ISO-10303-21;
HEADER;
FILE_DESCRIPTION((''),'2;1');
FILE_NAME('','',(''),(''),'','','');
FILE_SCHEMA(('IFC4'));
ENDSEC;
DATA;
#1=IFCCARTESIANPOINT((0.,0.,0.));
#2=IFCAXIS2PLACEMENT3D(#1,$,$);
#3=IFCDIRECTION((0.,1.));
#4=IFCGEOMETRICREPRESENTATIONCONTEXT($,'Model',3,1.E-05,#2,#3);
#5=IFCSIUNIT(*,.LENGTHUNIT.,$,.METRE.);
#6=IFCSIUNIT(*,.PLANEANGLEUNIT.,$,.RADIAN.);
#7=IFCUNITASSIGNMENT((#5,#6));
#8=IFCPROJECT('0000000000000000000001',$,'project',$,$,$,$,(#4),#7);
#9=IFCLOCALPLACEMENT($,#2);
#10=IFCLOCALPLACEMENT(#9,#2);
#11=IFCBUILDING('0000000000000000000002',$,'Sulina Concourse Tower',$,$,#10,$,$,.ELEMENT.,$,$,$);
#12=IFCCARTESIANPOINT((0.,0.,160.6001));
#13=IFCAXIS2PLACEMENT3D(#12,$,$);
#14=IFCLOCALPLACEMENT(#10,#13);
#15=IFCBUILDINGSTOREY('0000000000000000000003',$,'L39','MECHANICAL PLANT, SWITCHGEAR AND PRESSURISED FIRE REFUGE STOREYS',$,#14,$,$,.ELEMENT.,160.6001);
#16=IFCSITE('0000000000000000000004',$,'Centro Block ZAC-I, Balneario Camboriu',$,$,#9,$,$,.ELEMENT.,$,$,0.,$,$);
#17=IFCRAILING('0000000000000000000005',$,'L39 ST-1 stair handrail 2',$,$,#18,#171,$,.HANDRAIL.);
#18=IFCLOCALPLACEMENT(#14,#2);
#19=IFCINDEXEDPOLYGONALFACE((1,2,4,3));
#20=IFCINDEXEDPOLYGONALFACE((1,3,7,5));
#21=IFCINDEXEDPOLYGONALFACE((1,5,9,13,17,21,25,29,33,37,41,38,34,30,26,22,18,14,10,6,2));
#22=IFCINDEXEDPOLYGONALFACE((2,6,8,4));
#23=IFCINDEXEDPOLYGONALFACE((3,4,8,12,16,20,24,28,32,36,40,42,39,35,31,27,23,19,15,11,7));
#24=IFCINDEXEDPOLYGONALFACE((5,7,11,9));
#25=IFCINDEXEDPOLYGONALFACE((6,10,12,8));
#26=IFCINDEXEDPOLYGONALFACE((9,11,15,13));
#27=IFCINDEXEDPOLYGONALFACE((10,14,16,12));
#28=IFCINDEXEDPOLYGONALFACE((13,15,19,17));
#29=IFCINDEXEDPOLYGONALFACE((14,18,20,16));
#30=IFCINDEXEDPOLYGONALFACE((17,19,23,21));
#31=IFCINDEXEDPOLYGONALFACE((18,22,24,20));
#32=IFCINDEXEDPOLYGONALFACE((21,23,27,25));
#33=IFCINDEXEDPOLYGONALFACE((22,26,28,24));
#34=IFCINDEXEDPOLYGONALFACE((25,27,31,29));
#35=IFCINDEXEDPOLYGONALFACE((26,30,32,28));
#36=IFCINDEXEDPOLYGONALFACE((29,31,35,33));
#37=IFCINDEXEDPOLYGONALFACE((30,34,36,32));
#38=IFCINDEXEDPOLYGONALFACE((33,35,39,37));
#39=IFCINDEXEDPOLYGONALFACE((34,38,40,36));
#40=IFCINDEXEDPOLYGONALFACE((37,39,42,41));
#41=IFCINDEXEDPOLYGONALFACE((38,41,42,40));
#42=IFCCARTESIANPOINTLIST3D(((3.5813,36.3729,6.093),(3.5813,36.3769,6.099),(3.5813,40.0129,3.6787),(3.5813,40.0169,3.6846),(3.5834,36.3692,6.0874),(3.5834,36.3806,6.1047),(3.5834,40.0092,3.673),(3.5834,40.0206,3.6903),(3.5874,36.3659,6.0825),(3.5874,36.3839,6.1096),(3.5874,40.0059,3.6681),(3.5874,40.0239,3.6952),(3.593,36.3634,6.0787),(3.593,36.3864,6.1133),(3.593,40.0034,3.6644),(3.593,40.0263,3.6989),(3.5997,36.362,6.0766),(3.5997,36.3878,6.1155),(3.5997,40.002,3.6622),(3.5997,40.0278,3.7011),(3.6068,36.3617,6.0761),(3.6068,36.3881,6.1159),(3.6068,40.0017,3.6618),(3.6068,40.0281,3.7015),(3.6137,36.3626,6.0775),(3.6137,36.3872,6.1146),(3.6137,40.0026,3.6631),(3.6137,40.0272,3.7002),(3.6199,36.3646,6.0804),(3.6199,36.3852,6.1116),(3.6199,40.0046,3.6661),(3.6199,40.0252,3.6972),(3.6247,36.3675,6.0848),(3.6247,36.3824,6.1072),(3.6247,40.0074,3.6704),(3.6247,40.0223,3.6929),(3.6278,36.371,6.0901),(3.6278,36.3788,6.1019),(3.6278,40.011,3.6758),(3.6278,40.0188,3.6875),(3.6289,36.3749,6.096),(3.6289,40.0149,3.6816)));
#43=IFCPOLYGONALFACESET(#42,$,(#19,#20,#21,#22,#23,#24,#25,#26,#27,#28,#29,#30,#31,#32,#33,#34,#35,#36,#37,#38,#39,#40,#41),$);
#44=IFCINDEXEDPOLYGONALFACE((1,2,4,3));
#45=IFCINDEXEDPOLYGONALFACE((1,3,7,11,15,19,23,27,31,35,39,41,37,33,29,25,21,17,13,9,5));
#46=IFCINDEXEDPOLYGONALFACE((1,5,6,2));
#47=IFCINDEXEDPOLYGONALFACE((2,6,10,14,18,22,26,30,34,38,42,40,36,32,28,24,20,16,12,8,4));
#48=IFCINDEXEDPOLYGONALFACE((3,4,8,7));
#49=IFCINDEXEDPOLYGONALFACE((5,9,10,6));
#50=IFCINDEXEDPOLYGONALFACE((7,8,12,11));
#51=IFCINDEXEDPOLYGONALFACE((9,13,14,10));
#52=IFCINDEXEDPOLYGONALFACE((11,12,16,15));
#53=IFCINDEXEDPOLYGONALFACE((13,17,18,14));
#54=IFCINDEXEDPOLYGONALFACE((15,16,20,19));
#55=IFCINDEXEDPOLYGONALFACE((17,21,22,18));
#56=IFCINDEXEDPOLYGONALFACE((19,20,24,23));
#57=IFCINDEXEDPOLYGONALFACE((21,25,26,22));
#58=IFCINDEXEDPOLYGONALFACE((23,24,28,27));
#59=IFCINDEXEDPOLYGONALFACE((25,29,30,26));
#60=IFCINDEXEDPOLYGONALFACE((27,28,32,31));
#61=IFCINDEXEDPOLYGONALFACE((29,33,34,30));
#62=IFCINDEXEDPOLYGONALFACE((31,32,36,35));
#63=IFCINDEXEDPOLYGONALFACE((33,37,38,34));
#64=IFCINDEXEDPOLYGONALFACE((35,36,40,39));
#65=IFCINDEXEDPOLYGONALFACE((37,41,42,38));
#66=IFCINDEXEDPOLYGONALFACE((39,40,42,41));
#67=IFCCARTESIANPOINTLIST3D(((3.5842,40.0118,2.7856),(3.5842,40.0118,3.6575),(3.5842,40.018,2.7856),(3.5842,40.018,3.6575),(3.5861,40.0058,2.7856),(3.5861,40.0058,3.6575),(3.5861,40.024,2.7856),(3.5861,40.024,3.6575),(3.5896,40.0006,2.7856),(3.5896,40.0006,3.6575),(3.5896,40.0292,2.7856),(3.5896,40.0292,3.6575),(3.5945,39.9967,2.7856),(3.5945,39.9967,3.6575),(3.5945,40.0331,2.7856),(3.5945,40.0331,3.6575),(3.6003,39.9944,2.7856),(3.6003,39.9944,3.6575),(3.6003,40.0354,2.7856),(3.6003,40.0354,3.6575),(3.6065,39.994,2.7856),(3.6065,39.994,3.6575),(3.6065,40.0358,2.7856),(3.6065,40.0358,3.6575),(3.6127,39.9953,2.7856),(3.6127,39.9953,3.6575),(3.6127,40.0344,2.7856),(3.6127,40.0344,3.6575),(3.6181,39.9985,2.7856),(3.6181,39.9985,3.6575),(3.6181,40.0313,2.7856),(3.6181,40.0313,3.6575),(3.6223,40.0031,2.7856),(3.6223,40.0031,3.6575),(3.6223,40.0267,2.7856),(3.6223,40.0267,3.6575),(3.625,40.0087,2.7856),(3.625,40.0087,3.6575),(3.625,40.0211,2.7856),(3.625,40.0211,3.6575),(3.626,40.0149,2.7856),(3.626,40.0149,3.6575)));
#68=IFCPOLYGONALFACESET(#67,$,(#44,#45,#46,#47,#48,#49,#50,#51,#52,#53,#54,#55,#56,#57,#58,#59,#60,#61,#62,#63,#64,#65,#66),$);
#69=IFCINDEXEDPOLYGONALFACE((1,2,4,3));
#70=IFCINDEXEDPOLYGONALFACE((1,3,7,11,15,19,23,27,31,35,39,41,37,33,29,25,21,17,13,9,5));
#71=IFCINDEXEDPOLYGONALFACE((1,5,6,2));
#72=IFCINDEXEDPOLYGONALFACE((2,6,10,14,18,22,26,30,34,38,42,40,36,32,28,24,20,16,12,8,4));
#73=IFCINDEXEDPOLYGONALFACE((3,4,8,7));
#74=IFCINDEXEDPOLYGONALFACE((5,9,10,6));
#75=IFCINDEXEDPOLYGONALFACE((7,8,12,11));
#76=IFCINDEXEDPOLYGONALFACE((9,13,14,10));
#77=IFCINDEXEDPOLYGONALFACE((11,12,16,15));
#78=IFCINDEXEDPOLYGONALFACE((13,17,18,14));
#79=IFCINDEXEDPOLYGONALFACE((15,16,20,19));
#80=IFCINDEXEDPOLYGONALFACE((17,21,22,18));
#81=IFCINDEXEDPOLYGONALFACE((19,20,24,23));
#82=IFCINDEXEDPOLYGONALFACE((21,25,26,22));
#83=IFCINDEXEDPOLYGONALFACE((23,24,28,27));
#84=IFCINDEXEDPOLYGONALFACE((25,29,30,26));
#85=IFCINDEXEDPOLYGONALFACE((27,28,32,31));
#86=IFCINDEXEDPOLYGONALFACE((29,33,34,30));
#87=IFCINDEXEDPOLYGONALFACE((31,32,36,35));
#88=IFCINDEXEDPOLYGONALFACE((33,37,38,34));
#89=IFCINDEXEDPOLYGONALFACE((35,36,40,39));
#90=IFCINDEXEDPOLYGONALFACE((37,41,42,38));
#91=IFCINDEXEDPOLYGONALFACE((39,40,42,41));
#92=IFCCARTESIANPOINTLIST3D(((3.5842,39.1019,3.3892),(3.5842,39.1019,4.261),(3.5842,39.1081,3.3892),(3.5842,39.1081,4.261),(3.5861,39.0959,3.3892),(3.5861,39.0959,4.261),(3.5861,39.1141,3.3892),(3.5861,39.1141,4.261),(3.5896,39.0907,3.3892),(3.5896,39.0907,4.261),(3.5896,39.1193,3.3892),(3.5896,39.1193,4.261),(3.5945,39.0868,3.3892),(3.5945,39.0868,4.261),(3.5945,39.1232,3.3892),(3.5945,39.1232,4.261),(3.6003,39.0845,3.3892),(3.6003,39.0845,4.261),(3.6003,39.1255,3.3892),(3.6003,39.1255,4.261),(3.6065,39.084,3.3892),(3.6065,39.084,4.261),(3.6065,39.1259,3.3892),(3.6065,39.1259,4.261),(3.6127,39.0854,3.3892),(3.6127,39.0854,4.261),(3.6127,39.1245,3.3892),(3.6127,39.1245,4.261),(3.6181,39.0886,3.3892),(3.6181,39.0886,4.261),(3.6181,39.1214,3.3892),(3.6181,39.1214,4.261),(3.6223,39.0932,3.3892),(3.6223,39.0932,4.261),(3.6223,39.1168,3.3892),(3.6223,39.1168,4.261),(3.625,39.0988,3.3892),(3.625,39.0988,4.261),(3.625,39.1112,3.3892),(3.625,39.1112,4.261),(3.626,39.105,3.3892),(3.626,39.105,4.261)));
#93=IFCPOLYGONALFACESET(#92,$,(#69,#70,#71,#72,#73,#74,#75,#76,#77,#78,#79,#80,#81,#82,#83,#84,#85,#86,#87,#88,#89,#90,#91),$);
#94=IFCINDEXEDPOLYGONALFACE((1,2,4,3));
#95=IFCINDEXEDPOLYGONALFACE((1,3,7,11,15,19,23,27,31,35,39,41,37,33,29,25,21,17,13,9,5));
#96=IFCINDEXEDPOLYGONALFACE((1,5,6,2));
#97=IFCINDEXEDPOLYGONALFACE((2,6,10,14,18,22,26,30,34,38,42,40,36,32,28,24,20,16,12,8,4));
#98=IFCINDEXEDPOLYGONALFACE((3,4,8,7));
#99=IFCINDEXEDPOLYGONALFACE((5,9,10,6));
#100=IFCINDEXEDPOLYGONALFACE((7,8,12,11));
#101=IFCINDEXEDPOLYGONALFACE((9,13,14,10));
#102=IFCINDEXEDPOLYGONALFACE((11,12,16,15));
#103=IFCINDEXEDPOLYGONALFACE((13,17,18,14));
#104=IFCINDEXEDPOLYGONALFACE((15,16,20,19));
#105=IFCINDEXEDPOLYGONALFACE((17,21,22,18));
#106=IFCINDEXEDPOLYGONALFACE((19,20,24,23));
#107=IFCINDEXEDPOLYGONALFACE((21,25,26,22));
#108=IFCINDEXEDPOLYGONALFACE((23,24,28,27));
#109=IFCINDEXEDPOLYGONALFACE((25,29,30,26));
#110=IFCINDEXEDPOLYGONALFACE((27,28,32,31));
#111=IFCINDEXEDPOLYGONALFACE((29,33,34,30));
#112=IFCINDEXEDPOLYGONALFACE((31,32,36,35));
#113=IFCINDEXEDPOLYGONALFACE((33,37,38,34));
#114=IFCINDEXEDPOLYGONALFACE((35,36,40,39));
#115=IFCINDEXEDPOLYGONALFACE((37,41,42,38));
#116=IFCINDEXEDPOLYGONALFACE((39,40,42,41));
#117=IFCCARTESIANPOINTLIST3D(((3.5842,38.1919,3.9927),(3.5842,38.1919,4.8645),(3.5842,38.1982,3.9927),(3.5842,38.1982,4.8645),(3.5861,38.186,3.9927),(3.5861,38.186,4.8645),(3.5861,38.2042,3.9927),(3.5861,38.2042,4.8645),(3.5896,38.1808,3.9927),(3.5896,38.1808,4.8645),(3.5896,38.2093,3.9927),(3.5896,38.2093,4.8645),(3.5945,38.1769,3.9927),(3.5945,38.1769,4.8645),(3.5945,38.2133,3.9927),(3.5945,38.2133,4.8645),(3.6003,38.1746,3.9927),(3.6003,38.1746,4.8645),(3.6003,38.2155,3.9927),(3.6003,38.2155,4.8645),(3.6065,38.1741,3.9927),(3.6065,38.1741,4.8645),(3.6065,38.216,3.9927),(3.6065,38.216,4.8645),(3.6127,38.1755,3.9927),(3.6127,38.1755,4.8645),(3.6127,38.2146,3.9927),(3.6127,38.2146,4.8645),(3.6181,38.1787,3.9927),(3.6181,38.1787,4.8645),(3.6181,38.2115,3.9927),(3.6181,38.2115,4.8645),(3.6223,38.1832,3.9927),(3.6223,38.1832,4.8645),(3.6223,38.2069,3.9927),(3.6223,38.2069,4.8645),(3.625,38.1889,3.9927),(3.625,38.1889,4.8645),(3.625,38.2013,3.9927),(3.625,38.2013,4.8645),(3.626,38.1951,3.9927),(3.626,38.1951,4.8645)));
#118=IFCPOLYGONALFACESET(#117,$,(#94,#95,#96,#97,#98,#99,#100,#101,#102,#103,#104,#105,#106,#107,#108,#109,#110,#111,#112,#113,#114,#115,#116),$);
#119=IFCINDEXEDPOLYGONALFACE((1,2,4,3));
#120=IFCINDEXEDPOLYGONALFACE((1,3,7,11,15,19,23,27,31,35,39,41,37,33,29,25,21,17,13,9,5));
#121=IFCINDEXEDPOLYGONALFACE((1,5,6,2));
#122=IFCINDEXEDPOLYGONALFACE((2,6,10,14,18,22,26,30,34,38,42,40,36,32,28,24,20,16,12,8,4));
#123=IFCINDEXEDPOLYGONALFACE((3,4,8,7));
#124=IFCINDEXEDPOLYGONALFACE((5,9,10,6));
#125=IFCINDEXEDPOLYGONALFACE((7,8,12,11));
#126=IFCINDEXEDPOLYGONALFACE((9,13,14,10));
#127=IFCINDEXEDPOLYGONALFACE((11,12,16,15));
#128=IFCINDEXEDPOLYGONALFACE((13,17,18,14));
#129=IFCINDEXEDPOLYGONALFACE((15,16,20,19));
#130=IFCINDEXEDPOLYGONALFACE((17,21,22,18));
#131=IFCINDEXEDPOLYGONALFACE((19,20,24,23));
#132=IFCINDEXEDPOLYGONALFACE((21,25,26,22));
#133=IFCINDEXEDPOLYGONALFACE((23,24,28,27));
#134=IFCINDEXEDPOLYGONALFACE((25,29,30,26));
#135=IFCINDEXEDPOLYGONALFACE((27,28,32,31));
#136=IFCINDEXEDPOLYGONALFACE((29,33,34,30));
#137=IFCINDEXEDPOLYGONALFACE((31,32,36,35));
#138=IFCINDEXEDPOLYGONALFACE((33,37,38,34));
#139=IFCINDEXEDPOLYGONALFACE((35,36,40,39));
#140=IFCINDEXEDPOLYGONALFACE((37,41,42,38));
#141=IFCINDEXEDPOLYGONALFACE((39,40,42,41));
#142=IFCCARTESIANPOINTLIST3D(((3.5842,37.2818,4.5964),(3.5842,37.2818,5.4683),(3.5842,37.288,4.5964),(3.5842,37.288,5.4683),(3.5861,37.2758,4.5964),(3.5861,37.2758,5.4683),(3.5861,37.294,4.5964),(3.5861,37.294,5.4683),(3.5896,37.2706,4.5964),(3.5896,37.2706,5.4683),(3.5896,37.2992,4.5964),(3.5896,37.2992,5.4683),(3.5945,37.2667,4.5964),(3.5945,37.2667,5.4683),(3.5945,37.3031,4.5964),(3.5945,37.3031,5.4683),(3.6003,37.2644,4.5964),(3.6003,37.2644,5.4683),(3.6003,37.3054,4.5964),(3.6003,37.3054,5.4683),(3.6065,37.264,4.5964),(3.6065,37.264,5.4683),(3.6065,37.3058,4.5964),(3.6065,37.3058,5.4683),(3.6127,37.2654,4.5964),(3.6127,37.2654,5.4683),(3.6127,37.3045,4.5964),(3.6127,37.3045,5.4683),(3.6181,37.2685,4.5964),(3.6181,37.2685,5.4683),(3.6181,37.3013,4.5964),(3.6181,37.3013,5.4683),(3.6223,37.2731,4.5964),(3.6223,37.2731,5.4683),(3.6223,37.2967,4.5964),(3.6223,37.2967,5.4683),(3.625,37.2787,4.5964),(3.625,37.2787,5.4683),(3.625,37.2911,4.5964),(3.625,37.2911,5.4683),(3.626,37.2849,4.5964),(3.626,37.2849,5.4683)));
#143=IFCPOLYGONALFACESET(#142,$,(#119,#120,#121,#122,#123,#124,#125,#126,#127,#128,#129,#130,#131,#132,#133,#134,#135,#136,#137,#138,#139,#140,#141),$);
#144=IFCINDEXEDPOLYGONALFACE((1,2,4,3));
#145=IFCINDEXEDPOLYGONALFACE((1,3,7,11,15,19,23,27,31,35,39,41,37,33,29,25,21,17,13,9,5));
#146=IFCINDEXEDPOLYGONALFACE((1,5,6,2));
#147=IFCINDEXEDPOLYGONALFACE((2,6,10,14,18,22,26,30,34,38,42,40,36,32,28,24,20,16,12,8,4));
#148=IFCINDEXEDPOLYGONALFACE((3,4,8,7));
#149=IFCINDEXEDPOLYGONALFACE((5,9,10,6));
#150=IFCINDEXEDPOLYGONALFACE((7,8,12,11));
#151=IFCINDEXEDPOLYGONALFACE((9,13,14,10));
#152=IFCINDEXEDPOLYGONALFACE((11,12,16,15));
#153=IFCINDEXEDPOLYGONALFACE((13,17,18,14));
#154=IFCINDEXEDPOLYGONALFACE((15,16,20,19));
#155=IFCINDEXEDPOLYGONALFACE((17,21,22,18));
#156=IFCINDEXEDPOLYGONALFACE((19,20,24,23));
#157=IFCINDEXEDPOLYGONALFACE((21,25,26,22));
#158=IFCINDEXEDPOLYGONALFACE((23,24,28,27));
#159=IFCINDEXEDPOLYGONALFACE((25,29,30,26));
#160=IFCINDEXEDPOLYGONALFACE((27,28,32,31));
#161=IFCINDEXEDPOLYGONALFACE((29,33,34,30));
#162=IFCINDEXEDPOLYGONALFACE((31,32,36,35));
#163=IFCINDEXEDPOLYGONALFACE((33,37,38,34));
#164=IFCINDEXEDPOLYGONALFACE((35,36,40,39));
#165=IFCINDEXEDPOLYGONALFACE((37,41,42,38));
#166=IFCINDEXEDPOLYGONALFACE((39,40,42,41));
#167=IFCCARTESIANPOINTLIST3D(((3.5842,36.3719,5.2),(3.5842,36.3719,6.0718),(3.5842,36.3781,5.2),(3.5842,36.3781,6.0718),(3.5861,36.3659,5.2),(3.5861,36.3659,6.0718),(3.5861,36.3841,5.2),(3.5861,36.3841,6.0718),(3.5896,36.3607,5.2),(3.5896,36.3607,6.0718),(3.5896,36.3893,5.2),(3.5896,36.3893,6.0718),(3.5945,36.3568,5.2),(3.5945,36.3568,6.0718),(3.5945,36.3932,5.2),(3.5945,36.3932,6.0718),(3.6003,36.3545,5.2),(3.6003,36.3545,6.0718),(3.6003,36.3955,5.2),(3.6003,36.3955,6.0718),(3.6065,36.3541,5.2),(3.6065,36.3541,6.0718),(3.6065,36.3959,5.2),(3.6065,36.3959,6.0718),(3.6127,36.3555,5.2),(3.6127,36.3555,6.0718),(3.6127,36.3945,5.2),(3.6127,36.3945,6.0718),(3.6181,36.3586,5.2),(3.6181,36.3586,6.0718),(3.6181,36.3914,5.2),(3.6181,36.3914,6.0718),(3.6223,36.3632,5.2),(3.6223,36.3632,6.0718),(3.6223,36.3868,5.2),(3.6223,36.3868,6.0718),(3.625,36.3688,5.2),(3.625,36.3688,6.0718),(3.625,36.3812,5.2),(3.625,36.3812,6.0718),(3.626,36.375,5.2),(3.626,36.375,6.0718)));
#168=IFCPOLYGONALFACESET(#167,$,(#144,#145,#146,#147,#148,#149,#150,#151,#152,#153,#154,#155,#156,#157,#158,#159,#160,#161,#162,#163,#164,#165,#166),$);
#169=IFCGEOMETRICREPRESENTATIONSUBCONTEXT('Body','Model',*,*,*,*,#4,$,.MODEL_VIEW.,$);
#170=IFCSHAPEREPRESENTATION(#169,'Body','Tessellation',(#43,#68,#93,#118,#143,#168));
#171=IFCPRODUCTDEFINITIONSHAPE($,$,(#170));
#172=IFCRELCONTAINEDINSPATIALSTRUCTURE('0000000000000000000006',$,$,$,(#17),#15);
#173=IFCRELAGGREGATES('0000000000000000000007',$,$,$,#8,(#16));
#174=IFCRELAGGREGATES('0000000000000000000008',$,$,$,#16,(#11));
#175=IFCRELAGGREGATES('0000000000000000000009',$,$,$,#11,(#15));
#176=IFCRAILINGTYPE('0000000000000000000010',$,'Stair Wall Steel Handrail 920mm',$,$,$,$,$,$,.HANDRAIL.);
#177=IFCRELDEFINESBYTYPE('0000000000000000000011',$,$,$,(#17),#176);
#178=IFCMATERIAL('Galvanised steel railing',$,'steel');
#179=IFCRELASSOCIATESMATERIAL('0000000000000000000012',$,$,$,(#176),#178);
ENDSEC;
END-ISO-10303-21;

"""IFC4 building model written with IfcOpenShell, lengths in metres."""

from ifc_helpers import new_model, si_unit, direction, frame, origin, origin_2d, place, context, subcontext, project, spatial, circle, extrude, material, type_object, element, save


model = new_model("IFC4")

# Units and contexts
model_context = context("Model", 3, precision=1e-05, world=origin(), true_north=direction((0.0, 1.0)))
body_context = subcontext(model_context, "Body", "Model", "MODEL_VIEW")
ifc_project = project(units=[si_unit("LENGTHUNIT", "METRE"), si_unit("PLANEANGLEUNIT", "RADIAN")], contexts=[model_context])

# Site, building, storey
site_placement = place(None, origin())
site = spatial("IfcSite", under=ifc_project, at=site_placement, Name="Centro Block ZAC-I, Balneario Camboriu", CompositionType="ELEMENT", RefElevation=0.0)
building_placement = place(site_placement, origin())
building = spatial("IfcBuilding", under=site, at=building_placement, Name="Sulina Concourse Tower", CompositionType="ELEMENT")
storey_placement = place(building_placement, frame((0.0, 0.0, 160.6001)))
storey = spatial("IfcBuildingStorey", under=building, at=storey_placement, Name="L39", Description="MECHANICAL PLANT, SWITCHGEAR AND PRESSURISED FIRE REFUGE STOREYS", CompositionType="ELEMENT", Elevation=160.6001)

# Railing
ifc_material_1 = material(Name="Galvanised steel railing", Category="steel")
railing_type_1 = type_object("IfcRailingType", Name="Stair Wall Steel Handrail 920mm", PredefinedType="HANDRAIL", material=ifc_material_1)
railing_1_placement = place(storey_placement, frame((3.605, 40.0149, 2.7856)))
element("IfcRailing", 1, at=railing_1_placement, inside=storey, type_object=railing_type_1, Name="L39 ST-1 stair handrail 2", PredefinedType="HANDRAIL", context=body_context, shape_type="SweptSolid", body=[
    extrude(circle(Radius=0.0239, at=origin_2d()), frame((0.0, 0.0, 0.896), z_axis=(0.0, -0.833347, 0.552751), x_axis=(1.0, 0.0, 0.0)), (0.0, 0.0, 1.0), 4.3679),
    extrude(circle(Radius=0.021, at=origin_2d()), origin(), (0.0, 0.0, 1.0), 0.8718),
    extrude(circle(Radius=0.021, at=origin_2d()), frame((0.0, -0.9099, 0.6035)), (0.0, 0.0, 1.0), 0.8718),
    extrude(circle(Radius=0.021, at=origin_2d()), frame((0.0, -1.8198, 1.207)), (0.0, 0.0, 1.0), 0.8718),
    extrude(circle(Radius=0.021, at=origin_2d()), frame((0.0, -2.73, 1.8108)), (0.0, 0.0, 1.0), 0.8718),
    extrude(circle(Radius=0.021, at=origin_2d()), frame((0.0, -3.6399, 2.4143)), (0.0, 0.0, 1.0), 0.8718),
])

save(model, "model.ifc")
